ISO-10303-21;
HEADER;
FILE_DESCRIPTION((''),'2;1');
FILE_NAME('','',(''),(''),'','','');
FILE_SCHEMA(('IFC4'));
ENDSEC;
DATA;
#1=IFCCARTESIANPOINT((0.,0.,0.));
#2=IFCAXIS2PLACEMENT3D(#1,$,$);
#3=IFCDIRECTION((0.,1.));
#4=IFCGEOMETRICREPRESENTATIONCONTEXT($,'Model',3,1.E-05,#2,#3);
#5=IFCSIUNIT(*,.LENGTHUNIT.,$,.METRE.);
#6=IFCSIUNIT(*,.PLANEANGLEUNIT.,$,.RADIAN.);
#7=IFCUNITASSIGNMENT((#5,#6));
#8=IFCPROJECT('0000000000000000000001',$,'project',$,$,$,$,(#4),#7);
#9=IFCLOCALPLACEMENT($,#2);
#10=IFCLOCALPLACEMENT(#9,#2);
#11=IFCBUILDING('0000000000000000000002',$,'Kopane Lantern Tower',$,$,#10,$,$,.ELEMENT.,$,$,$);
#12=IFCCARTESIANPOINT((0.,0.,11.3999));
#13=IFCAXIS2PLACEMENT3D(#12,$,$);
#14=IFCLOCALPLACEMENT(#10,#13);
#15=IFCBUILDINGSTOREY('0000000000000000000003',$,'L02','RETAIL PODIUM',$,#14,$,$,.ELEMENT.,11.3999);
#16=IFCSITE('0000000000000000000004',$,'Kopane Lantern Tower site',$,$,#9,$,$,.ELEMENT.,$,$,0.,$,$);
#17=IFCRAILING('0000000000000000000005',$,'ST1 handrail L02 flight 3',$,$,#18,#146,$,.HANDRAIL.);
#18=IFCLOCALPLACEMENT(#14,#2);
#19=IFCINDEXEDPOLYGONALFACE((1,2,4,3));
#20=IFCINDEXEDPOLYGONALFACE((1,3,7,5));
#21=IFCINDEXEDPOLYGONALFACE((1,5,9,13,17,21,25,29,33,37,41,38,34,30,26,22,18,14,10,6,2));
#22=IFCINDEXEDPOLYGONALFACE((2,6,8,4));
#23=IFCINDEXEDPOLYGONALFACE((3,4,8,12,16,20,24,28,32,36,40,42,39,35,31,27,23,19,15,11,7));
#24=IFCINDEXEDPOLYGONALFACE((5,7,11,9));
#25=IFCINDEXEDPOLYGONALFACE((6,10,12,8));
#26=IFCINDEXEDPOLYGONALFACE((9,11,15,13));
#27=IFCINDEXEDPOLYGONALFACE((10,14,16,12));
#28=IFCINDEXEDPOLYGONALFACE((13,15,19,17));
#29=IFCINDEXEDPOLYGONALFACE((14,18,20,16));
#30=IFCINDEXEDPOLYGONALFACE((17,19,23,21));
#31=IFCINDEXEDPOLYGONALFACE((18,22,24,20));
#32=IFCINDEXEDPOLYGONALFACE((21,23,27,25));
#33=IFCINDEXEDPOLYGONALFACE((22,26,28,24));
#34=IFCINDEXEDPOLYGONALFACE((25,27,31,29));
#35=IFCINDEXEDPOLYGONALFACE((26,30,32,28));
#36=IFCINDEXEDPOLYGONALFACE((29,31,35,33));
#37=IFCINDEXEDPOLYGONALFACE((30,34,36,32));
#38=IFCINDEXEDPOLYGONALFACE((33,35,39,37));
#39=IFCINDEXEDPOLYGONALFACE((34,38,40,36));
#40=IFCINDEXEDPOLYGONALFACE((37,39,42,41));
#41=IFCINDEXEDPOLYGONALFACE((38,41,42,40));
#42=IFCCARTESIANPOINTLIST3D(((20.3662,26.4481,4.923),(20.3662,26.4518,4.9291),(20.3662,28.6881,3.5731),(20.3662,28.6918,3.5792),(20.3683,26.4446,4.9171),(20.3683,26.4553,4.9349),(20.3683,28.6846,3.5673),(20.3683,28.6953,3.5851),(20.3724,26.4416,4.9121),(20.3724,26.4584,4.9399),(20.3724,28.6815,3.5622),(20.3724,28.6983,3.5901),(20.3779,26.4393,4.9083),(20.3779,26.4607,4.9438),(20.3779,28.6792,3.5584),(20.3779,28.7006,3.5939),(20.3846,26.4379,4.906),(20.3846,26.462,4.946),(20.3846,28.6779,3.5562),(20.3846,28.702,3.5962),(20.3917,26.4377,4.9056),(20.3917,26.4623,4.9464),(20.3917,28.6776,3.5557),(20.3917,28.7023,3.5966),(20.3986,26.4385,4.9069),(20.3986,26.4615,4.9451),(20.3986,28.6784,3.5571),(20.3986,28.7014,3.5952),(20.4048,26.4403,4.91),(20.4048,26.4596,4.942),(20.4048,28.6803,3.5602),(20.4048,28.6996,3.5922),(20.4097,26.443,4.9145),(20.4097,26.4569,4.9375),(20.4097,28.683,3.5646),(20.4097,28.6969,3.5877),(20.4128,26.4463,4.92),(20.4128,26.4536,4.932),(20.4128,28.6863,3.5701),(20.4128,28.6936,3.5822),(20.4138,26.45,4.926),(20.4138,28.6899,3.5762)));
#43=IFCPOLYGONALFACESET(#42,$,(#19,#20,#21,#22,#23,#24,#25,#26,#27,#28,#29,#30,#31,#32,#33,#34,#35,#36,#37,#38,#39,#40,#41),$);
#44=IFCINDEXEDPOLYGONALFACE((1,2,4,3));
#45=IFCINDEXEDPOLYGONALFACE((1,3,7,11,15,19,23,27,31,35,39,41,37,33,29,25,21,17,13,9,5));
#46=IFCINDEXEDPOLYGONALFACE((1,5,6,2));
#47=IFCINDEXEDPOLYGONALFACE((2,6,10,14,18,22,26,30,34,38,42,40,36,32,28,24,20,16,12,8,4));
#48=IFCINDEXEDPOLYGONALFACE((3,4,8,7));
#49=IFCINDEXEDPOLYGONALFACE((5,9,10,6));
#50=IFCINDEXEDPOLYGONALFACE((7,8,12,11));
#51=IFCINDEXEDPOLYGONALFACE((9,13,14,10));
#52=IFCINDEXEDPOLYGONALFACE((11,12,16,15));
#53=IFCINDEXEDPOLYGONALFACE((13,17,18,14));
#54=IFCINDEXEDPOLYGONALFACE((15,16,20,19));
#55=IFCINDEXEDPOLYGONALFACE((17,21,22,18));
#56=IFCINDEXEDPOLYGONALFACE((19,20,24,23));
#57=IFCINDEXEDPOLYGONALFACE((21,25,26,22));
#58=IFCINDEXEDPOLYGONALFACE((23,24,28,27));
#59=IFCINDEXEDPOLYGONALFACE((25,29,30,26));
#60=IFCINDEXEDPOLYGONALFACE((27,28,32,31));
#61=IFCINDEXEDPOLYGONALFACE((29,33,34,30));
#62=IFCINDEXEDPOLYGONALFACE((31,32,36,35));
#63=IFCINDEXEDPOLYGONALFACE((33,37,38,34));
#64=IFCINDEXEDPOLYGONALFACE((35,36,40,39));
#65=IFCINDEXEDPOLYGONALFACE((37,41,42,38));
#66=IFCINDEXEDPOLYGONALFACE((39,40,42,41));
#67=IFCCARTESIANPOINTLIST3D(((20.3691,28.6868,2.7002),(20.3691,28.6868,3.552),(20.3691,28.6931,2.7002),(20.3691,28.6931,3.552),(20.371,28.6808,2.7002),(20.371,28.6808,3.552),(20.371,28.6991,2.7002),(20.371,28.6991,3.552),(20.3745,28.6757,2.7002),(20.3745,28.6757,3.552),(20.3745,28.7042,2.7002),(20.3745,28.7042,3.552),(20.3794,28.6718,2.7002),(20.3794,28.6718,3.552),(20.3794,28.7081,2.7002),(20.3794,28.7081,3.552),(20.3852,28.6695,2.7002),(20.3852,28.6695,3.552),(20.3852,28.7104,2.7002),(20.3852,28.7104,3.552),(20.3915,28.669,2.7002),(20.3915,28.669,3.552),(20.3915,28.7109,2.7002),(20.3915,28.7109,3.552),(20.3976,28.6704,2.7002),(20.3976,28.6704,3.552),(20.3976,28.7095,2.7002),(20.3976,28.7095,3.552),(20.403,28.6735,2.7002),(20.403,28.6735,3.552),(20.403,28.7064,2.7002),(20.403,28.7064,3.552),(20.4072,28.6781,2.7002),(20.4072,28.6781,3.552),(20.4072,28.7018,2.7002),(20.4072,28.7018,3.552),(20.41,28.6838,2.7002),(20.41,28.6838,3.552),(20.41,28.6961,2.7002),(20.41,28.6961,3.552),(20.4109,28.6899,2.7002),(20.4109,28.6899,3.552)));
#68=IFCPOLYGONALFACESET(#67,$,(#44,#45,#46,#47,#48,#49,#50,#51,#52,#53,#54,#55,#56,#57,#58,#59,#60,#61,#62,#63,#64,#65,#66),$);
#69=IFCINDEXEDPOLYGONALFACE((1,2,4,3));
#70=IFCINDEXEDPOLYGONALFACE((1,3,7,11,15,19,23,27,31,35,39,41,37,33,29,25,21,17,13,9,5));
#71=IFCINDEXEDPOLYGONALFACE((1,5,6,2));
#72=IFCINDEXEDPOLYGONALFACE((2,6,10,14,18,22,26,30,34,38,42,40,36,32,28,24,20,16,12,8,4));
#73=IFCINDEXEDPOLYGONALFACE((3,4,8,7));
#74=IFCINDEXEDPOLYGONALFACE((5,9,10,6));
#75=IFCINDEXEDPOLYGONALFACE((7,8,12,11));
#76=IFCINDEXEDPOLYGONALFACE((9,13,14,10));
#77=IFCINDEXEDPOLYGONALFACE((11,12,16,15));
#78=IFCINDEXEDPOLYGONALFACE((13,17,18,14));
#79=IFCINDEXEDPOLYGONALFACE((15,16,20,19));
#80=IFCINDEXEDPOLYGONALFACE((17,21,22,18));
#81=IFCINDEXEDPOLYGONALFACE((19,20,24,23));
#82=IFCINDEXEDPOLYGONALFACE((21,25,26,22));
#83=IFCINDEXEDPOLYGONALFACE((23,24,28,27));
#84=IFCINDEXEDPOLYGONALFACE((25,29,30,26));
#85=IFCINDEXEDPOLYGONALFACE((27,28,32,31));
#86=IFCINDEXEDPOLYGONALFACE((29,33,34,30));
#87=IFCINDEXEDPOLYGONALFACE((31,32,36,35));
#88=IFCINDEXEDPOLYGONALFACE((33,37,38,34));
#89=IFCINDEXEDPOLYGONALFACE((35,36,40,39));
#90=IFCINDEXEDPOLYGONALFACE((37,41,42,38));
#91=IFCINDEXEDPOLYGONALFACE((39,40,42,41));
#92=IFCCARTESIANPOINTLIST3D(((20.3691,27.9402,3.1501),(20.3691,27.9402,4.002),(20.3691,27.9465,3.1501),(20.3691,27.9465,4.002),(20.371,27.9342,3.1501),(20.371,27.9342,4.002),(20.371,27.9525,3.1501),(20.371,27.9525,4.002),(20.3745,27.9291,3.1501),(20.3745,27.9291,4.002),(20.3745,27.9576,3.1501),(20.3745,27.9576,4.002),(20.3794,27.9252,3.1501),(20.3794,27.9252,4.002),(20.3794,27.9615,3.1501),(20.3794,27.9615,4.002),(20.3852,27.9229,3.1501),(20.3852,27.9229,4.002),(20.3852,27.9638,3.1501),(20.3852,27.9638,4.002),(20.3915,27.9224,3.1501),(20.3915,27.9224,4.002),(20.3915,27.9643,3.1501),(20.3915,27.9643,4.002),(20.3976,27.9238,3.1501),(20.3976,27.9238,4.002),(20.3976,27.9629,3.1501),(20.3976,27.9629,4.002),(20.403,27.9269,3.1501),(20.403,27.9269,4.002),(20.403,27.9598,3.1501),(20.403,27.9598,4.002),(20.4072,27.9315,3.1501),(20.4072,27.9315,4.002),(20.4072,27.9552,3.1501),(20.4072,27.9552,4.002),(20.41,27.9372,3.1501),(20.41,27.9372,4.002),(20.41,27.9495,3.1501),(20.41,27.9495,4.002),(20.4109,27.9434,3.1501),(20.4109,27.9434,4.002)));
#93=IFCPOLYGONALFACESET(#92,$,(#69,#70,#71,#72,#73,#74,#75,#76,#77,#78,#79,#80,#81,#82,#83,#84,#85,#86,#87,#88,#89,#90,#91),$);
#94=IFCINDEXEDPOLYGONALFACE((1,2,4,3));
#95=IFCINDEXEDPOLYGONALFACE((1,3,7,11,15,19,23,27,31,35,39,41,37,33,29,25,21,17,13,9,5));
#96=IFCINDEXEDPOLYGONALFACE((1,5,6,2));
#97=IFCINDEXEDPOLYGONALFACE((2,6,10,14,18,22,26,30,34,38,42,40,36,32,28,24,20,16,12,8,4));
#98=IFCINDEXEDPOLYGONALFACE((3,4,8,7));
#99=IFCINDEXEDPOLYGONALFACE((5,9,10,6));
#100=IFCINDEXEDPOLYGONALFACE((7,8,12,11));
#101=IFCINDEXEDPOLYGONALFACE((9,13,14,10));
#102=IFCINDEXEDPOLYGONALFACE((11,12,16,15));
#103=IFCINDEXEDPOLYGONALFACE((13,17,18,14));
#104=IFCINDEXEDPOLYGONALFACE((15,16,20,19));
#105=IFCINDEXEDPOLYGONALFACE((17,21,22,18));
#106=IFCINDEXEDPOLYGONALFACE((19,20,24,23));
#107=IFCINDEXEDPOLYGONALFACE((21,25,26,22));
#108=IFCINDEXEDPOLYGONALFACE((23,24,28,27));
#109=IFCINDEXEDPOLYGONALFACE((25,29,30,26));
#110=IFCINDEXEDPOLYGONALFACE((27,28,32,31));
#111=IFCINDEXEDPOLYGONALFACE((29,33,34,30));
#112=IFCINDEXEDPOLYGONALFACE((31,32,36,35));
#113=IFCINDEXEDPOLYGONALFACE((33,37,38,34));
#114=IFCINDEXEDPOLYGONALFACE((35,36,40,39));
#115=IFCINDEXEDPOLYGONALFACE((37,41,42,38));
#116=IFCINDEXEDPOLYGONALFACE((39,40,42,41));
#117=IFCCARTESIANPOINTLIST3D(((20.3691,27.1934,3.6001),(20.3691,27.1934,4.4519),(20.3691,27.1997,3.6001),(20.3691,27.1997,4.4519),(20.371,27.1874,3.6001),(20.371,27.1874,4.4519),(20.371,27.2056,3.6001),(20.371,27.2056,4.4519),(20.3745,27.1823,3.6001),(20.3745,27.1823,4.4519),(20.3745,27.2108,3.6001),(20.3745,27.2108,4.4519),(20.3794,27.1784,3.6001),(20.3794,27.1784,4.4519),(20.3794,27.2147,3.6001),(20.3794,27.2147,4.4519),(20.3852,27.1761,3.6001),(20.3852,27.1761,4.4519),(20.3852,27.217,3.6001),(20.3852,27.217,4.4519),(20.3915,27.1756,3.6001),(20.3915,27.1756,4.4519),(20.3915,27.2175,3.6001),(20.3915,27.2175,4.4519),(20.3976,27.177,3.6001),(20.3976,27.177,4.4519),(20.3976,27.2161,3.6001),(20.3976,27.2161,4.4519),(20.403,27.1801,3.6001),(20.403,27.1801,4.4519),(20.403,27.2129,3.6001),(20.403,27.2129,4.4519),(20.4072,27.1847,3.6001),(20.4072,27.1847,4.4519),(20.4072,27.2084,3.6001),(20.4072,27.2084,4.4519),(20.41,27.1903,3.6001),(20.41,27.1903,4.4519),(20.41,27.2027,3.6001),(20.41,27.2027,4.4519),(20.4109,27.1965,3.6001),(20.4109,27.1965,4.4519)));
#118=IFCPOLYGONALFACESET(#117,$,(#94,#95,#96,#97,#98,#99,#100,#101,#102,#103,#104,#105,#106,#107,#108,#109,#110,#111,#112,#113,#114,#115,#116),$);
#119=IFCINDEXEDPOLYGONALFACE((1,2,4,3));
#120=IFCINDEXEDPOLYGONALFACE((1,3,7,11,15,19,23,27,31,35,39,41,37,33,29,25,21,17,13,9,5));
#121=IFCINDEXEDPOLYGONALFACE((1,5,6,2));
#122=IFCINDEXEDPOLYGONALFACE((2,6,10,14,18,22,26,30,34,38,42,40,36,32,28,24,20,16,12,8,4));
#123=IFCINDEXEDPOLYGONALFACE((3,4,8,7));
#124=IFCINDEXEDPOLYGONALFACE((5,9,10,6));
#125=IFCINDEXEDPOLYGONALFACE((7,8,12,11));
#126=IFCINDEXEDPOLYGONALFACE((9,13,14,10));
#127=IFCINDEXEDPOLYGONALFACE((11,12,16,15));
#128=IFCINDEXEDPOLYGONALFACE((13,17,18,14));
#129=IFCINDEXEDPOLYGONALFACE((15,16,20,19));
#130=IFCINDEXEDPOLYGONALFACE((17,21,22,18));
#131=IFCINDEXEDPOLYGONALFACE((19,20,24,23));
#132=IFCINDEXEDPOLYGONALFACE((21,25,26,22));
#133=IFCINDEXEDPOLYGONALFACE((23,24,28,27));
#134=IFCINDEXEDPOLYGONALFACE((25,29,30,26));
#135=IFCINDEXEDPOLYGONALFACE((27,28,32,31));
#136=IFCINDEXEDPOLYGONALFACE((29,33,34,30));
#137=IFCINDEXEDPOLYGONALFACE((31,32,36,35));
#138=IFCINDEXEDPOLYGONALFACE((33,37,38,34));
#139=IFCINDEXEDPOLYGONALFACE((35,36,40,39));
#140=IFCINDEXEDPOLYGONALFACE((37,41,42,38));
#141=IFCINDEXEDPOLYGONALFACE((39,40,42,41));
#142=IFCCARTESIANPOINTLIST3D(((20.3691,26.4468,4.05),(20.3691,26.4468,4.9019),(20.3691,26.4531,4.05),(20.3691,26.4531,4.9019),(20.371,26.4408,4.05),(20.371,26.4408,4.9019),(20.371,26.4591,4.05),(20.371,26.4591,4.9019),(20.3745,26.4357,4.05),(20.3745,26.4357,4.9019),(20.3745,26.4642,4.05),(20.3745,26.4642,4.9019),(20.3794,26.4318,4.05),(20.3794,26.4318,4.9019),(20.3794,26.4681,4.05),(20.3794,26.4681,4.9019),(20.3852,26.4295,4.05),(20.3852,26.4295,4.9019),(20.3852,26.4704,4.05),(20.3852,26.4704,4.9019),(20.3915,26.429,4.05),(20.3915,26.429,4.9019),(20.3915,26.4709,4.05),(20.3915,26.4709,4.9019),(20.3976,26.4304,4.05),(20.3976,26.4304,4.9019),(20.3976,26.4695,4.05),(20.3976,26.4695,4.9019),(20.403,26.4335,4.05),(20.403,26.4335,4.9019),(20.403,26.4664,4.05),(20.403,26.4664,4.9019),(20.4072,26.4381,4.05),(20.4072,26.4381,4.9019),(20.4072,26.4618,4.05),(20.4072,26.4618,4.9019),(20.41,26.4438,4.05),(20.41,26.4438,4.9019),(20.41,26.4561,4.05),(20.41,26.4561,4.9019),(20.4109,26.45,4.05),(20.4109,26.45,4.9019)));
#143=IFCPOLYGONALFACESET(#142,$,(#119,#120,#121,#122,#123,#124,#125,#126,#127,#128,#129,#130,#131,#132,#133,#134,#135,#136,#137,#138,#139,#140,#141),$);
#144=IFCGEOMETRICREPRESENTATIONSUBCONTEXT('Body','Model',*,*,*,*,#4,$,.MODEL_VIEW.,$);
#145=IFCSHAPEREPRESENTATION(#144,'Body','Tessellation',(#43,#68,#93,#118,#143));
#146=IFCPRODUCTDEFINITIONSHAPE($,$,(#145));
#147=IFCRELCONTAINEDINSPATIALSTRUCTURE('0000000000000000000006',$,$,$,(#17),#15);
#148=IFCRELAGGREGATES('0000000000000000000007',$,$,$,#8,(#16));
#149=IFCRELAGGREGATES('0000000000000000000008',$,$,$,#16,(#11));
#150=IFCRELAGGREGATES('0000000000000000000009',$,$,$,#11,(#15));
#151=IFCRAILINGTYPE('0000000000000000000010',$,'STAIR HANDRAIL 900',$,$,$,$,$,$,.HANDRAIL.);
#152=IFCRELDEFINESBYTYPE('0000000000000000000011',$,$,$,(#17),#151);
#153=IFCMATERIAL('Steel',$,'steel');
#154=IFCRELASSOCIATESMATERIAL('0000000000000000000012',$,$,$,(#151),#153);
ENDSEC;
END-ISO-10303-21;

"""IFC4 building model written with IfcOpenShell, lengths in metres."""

from ifc_helpers import new_model, si_unit, direction, frame, origin, origin_2d, place, context, subcontext, project, spatial, circle, extrude, material, type_object, element, save


model = new_model("IFC4")

# Units and contexts
model_context = context("Model", 3, precision=1e-05, world=origin(), true_north=direction((0.0, 1.0)))
body_context = subcontext(model_context, "Body", "Model", "MODEL_VIEW")
ifc_project = project(units=[si_unit("LENGTHUNIT", "METRE"), si_unit("PLANEANGLEUNIT", "RADIAN")], contexts=[model_context])

# Site, building, storey
site_placement = place(None, origin())
site = spatial("IfcSite", under=ifc_project, at=site_placement, Name="Kopane Lantern Tower site", CompositionType="ELEMENT", RefElevation=0.0)
building_placement = place(site_placement, origin())
building = spatial("IfcBuilding", under=site, at=building_placement, Name="Kopane Lantern Tower", CompositionType="ELEMENT")
storey_placement = place(building_placement, frame((0.0, 0.0, 11.3999)))
storey = spatial("IfcBuildingStorey", under=building, at=storey_placement, Name="L02", Description="RETAIL PODIUM", CompositionType="ELEMENT", Elevation=11.3999)

# Railing
ifc_material_1 = material(Name="Steel", Category="steel")
railing_type_1 = type_object("IfcRailingType", Name="STAIR HANDRAIL 900", PredefinedType="HANDRAIL", material=ifc_material_1)
for number, where, name in (
    (1, (20.3899, 28.6899, 2.7002), "ST1 handrail L02 flight 3"),
):
    element("IfcRailing", number, at=place(storey_placement, frame(where)), inside=storey, type_object=railing_type_1, Name=name, PredefinedType="HANDRAIL", context=body_context, shape_type="SweptSolid", body=[
        extrude(circle(Radius=0.0239, at=origin_2d()), frame((0.0, 0.0, 0.876), z_axis=(0.0, -0.856503, 0.516142), x_axis=(1.0, 0.0, 0.0)), (0.0, 0.0, 1.0), 2.6152),
        extrude(circle(Radius=0.021, at=origin_2d()), origin(), (0.0, 0.0, 1.0), 0.8518),
        extrude(circle(Radius=0.021, at=origin_2d()), frame((0.0, -0.7466, 0.45)), (0.0, 0.0, 1.0), 0.8518),
        extrude(circle(Radius=0.021, at=origin_2d()), frame((0.0, -1.4934, 0.8999)), (0.0, 0.0, 1.0), 0.8518),
        extrude(circle(Radius=0.021, at=origin_2d()), frame((0.0, -2.24, 1.3499)), (0.0, 0.0, 1.0), 0.8518),
    ])

save(model, "model.ifc")
